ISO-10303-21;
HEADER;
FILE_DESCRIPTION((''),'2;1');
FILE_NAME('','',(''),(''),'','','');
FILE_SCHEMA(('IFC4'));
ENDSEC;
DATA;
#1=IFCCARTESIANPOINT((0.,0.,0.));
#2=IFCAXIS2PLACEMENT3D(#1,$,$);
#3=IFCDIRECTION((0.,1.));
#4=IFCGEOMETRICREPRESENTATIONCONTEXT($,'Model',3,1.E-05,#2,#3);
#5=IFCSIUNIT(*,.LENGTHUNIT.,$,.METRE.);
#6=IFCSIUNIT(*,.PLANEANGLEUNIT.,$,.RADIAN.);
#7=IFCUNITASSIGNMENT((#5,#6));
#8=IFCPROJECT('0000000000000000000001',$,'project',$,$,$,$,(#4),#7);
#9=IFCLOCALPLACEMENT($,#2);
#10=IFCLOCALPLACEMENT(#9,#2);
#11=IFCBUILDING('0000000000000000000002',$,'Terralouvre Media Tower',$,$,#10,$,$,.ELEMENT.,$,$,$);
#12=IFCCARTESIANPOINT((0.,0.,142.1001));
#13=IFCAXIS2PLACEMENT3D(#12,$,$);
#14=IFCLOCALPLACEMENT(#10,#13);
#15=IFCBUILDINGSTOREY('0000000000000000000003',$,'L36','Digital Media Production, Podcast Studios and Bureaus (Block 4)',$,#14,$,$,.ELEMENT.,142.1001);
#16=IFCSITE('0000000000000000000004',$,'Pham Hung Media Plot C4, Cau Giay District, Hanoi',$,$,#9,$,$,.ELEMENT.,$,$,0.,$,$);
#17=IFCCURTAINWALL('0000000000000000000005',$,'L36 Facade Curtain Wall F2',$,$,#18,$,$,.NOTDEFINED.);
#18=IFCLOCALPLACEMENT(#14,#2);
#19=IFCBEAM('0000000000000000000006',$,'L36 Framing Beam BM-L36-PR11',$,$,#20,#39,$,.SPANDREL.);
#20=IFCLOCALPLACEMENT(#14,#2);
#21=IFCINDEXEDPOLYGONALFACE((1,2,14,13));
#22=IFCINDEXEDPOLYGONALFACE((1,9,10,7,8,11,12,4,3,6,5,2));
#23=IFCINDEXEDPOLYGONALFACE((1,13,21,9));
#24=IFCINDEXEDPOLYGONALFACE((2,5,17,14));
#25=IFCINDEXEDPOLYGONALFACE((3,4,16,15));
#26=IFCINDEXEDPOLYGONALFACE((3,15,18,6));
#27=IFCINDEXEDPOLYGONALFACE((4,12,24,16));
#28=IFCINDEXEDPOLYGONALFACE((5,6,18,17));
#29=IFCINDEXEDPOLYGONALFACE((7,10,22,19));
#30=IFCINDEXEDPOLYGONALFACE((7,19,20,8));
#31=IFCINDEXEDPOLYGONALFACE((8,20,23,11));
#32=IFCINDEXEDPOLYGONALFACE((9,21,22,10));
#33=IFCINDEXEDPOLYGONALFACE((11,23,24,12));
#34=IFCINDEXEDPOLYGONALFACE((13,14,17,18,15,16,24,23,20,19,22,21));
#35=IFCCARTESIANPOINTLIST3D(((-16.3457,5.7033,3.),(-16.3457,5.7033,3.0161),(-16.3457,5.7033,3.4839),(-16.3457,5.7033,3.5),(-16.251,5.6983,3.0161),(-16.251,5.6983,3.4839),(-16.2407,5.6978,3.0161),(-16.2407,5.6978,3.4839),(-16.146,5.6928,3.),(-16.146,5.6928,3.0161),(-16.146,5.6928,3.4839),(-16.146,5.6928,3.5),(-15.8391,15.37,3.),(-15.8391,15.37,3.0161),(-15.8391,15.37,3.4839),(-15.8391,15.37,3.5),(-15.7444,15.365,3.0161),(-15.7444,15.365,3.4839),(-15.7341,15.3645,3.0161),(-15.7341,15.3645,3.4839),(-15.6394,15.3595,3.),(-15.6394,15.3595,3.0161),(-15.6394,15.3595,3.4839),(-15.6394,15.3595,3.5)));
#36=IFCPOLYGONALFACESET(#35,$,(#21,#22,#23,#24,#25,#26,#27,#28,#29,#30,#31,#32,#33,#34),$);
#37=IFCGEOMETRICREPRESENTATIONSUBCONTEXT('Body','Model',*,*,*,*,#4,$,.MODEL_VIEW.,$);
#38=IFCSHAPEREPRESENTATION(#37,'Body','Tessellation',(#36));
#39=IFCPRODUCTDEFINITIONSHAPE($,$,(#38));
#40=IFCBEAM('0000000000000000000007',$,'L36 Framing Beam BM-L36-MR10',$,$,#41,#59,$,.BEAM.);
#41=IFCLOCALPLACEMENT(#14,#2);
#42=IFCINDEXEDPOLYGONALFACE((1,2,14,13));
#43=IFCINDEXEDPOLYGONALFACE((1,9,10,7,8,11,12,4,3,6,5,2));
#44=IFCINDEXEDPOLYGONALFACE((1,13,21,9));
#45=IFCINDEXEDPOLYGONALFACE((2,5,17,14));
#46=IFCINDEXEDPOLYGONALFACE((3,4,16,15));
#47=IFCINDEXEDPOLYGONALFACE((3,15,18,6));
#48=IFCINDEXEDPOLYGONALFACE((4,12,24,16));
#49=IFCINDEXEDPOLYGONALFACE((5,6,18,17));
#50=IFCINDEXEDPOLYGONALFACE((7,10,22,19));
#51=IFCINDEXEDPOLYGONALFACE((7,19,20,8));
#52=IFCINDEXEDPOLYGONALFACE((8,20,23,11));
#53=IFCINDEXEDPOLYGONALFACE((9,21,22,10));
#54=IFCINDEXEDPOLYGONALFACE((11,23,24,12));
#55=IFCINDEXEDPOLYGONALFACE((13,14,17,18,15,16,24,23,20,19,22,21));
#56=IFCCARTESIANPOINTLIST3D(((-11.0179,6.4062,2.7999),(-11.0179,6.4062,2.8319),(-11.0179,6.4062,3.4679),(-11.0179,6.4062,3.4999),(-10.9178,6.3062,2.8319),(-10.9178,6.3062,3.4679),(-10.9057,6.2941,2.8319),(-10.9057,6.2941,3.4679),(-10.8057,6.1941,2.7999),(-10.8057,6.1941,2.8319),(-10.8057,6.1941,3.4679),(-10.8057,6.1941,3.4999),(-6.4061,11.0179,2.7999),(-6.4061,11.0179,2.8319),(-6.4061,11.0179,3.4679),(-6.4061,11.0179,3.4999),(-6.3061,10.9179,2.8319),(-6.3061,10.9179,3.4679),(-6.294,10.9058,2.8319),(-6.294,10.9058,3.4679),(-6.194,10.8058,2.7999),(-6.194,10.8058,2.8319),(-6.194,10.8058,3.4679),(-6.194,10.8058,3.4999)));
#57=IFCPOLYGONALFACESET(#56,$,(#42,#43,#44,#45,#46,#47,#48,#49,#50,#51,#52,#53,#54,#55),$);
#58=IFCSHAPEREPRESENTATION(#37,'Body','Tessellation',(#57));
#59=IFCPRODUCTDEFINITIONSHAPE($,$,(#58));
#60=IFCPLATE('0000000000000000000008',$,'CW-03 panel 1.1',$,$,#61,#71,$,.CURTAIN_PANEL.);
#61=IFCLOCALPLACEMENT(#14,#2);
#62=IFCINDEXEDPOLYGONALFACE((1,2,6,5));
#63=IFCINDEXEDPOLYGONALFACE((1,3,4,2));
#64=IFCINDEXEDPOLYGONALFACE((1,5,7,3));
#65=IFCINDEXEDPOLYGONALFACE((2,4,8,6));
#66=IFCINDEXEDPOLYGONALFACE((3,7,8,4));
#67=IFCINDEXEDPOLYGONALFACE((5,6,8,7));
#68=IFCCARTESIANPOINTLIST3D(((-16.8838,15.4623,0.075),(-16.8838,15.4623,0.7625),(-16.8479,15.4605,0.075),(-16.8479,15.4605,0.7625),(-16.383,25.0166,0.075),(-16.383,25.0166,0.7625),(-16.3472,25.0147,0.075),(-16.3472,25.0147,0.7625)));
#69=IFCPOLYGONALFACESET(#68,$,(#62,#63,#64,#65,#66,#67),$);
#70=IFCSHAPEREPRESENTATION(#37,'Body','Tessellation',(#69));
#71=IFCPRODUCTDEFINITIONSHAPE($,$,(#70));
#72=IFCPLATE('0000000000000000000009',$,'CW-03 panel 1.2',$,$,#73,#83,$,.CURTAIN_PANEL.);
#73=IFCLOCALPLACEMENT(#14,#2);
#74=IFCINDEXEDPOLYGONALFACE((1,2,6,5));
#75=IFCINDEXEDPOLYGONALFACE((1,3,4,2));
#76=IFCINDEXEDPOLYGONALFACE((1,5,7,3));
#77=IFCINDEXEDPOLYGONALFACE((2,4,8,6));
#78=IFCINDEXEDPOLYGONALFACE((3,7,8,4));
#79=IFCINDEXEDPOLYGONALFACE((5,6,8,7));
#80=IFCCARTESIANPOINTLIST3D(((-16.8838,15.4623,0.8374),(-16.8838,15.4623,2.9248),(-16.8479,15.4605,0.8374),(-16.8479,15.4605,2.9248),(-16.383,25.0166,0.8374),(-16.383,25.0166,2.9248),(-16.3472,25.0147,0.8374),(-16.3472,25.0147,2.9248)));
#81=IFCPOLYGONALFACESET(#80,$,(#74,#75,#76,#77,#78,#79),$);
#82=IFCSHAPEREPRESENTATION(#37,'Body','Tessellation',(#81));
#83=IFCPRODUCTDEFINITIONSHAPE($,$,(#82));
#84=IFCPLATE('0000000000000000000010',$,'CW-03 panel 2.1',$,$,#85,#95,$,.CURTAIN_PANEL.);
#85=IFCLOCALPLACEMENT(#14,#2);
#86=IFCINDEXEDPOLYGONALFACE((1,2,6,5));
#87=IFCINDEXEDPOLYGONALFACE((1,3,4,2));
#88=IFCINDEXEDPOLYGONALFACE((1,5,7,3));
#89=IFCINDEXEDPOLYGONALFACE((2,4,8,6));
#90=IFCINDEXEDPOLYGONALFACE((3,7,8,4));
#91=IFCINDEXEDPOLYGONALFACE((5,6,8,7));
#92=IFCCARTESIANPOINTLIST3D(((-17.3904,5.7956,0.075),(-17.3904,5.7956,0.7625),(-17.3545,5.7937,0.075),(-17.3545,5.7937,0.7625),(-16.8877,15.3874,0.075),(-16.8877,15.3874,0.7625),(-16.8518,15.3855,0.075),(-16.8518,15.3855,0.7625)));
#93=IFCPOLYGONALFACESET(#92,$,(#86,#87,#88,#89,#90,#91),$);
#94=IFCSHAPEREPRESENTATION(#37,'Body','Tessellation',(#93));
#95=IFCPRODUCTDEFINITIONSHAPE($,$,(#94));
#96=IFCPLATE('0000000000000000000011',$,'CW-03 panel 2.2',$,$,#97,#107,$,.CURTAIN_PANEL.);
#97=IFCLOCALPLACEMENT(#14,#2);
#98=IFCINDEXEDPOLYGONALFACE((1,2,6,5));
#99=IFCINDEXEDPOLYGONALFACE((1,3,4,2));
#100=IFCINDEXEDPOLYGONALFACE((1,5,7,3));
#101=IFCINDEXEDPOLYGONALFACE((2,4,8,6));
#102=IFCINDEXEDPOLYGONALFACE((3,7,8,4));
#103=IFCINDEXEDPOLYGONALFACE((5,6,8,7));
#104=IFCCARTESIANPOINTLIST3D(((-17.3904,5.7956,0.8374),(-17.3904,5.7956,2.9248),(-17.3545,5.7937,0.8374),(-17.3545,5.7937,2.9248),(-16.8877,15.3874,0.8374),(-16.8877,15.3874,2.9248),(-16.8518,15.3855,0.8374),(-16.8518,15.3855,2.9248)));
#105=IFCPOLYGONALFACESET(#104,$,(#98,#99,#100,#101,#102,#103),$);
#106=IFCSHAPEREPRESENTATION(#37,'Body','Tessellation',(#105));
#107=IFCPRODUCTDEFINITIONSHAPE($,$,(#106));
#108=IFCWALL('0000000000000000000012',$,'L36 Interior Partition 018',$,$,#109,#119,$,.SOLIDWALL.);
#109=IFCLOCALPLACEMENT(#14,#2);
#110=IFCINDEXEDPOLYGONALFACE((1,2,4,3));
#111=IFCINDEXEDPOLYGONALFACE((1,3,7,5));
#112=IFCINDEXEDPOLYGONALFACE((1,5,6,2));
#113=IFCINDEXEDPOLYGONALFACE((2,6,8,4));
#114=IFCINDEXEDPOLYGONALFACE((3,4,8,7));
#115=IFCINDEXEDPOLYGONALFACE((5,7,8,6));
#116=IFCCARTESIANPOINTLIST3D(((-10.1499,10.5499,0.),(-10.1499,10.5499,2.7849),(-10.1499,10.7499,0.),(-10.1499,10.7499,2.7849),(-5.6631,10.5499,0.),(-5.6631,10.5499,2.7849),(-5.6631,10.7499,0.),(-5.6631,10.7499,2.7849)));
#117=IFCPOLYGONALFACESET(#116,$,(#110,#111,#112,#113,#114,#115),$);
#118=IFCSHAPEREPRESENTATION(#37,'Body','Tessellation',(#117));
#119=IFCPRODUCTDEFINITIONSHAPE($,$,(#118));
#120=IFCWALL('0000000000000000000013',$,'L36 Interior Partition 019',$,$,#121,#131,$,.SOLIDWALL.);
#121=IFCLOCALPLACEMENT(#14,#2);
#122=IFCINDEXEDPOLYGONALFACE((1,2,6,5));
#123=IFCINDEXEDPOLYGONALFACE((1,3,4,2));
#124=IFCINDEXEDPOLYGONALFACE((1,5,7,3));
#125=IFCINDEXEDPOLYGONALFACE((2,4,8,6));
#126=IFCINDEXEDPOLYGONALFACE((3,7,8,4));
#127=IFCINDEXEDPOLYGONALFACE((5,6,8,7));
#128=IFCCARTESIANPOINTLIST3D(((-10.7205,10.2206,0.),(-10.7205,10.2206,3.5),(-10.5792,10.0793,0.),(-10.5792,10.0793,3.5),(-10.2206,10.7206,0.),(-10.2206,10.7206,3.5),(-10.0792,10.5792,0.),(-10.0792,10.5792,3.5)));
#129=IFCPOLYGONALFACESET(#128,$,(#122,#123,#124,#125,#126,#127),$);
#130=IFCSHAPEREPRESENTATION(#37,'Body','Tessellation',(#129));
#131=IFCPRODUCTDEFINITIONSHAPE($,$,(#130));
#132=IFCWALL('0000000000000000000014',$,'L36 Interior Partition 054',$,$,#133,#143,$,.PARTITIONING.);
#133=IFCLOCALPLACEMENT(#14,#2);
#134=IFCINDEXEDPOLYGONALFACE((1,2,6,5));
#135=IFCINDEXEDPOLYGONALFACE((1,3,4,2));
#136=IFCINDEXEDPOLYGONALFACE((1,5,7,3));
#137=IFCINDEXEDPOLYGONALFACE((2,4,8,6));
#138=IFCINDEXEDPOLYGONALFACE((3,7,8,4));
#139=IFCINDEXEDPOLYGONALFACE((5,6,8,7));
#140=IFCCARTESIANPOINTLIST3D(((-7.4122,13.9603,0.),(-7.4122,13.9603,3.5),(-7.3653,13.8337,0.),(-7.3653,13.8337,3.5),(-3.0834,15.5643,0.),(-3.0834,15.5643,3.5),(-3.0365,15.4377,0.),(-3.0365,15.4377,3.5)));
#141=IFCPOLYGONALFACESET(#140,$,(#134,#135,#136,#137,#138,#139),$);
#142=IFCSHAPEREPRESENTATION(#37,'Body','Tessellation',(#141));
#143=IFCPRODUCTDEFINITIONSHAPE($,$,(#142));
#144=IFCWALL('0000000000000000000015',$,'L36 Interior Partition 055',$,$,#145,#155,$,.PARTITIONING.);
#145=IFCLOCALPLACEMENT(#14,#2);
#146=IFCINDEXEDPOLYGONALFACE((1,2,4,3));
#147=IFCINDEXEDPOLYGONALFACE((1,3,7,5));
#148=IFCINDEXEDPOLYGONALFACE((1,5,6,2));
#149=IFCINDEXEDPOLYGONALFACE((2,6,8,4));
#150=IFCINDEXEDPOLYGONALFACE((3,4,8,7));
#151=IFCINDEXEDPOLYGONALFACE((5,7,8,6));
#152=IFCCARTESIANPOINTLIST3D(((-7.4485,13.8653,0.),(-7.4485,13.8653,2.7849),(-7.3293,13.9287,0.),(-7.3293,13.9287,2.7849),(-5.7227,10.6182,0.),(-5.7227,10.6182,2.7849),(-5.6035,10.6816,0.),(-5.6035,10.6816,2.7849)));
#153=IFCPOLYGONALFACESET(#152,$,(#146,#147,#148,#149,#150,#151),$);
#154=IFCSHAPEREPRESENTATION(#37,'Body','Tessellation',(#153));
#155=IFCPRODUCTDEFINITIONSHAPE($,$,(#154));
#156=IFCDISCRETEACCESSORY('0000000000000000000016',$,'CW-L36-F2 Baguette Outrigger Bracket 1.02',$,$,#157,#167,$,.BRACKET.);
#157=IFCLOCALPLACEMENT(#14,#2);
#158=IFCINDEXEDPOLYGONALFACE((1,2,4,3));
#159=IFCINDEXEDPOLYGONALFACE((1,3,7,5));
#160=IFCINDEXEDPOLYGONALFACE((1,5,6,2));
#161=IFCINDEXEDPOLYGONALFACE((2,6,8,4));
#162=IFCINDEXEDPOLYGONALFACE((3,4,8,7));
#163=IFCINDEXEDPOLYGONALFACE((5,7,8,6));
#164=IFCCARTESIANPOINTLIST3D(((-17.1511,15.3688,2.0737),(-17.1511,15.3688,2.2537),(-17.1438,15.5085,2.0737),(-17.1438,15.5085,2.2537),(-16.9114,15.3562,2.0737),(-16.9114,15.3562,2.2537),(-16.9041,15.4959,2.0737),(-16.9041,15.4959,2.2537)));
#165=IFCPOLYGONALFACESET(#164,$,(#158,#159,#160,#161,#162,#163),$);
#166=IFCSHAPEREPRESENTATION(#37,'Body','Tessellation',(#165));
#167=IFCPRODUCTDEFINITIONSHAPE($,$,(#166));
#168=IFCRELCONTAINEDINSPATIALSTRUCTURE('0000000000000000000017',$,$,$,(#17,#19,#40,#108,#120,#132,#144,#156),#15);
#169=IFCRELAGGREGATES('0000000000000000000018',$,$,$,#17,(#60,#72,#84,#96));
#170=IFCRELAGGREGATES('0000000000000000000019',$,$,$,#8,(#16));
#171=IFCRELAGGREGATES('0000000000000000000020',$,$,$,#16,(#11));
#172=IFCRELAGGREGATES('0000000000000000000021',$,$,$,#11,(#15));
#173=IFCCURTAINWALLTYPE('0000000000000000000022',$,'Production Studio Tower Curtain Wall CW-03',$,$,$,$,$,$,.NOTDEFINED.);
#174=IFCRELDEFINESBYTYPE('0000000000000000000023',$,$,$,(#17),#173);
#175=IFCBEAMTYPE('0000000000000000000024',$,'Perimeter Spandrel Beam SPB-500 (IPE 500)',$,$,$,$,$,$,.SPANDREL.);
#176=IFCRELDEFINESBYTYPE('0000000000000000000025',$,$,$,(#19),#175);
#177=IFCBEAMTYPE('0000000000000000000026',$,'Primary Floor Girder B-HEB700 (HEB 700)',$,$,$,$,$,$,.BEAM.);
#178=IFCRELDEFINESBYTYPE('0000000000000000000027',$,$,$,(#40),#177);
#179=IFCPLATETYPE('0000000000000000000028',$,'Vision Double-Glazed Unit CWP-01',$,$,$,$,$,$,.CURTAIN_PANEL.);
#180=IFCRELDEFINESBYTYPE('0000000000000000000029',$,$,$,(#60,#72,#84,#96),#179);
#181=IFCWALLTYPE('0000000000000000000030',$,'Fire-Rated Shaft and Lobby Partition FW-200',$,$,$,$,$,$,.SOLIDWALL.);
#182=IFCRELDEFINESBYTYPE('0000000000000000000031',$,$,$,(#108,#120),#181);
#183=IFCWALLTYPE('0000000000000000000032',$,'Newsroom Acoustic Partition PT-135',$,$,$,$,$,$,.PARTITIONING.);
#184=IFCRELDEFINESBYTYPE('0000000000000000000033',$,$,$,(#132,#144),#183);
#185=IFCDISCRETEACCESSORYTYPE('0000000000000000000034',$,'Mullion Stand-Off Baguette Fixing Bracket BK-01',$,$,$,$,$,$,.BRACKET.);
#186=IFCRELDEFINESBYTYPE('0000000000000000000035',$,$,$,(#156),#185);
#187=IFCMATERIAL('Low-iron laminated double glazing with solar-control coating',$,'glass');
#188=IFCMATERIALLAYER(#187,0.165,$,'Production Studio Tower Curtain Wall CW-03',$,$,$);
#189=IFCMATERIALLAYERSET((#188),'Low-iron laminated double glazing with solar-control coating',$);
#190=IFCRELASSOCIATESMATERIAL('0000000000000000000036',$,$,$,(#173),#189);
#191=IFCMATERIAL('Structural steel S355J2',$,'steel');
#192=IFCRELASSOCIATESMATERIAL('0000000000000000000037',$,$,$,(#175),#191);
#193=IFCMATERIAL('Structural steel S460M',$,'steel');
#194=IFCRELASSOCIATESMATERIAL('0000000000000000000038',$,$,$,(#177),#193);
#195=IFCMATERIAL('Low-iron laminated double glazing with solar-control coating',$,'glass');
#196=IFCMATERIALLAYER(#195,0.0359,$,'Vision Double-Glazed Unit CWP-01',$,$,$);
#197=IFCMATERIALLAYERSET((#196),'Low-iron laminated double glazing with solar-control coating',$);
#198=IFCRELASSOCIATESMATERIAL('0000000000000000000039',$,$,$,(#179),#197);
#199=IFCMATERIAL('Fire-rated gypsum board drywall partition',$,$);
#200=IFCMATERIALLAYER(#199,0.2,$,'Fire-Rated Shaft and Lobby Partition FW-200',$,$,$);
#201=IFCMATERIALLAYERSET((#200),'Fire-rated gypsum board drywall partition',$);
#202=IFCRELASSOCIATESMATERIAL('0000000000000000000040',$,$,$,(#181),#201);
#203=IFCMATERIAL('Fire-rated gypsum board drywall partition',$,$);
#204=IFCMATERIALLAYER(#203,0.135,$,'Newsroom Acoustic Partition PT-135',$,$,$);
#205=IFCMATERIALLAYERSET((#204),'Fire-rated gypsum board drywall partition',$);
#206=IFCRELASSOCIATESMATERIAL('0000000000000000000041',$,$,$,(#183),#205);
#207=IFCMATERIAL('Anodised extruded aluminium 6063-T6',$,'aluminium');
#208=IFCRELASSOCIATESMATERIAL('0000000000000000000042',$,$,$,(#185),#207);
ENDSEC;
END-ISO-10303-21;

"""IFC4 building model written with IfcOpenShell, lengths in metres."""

from ifc_helpers import new_model, si_unit, direction, frame, frame_2d, origin, origin_2d, place, context, subcontext, project, spatial, rectangle, i_section, extrude, material, layer, layer_set, material_profile, profile_set, type_object, element, aggregate, save


model = new_model("IFC4")

# Units and contexts
model_context = context("Model", 3, precision=1e-05, world=origin(), true_north=direction((0.0, 1.0)))
body_context = subcontext(model_context, "Body", "Model", "MODEL_VIEW")
ifc_project = project(units=[si_unit("LENGTHUNIT", "METRE"), si_unit("PLANEANGLEUNIT", "RADIAN")], contexts=[model_context])

# Site, building, storey
site_placement = place(None, origin())
site = spatial("IfcSite", under=ifc_project, at=site_placement, Name="Pham Hung Media Plot C4, Cau Giay District, Hanoi", CompositionType="ELEMENT", RefElevation=0.0)
building_placement = place(site_placement, origin())
building = spatial("IfcBuilding", under=site, at=building_placement, Name="Terralouvre Media Tower", CompositionType="ELEMENT")
storey_placement = place(building_placement, frame((0.0, 0.0, 142.1001)))
storey = spatial("IfcBuildingStorey", under=building, at=storey_placement, Name="L36", Description="Digital Media Production, Podcast Studios and Bureaus (Block 4)", CompositionType="ELEMENT", Elevation=142.1001)

# Shared definitions
ifc_material_1 = material(Name="Low-iron laminated double glazing with solar-control coating", Category="glass")
ifc_layer_1 = layer(ifc_material_1, 0.165, Name="Production Studio Tower Curtain Wall CW-03")
ifc_layer_set_1 = layer_set([ifc_layer_1], Name="Low-iron laminated double glazing with solar-control coating")
curtain_wall_type = type_object("IfcCurtainWallType", Name="Production Studio Tower Curtain Wall CW-03", PredefinedType="NOTDEFINED", material=ifc_layer_set_1)

# Curtain wall
curtain_wall_1_placement = place(storey_placement, origin())
curtain_wall_1 = element("IfcCurtainWall", 1, at=curtain_wall_1_placement, inside=storey, type_object=curtain_wall_type, Name="L36 Facade Curtain Wall F2", PredefinedType="NOTDEFINED")

# Beams
ifc_material_2 = material(Name="Structural steel S355J2", Category="steel")
ifc_material_profile_1 = material_profile(ifc_material_2, i_section(OverallWidth=0.2, OverallDepth=0.5, WebThickness=0.0103, FlangeThickness=0.0161, at=origin_2d()), Name="IPE 500")
ifc_profile_set_1 = profile_set([ifc_material_profile_1], Name="Structural steel S355J2")
beam_type_1 = type_object("IfcBeamType", Name="Perimeter Spandrel Beam SPB-500 (IPE 500)", PredefinedType="SPANDREL", material=ifc_profile_set_1)
beam_1_placement = place(storey_placement, frame((-15.7393, 15.3647, 3.25), z_axis=(-0.052334, -0.99863, 0.0), x_axis=(0.99863, -0.052334, 0.0)))
element("IfcBeam", 2, at=beam_1_placement, inside=storey, type_object=beam_type_1, Name="L36 Framing Beam BM-L36-PR11", PredefinedType="SPANDREL", context=body_context, shape_type="SweptSolid", body=[
    extrude(i_section(OverallWidth=0.2, OverallDepth=0.5, WebThickness=0.0103, FlangeThickness=0.0161, at=origin_2d()), origin(), (0.0, 0.0, 1.0), 9.6799),
])
ifc_material_3 = material(Name="Structural steel S460M", Category="steel")
ifc_material_profile_2 = material_profile(ifc_material_3, i_section(OverallWidth=0.3, OverallDepth=0.7, WebThickness=0.0171, FlangeThickness=0.032, at=origin_2d()), Name="HEB 700")
ifc_profile_set_2 = profile_set([ifc_material_profile_2], Name="Structural steel S460M")
beam_type_2 = type_object("IfcBeamType", Name="Primary Floor Girder B-HEB700 (HEB 700)", PredefinedType="BEAM", material=ifc_profile_set_2)
beam_2_placement = place(storey_placement, frame((-6.3, 10.9119, 3.1499), z_axis=(-0.707107, -0.707107, 0.0), x_axis=(0.707107, -0.707107, 0.0)))
element("IfcBeam", 3, at=beam_2_placement, inside=storey, type_object=beam_type_2, Name="L36 Framing Beam BM-L36-MR10", PredefinedType="BEAM", context=body_context, shape_type="SweptSolid", body=[
    extrude(i_section(OverallWidth=0.3, OverallDepth=0.7, WebThickness=0.0171, FlangeThickness=0.032, at=origin_2d()), origin(), (0.0, 0.0, 1.0), 6.522),
])

# Plates
ifc_material_4 = material(Name="Low-iron laminated double glazing with solar-control coating", Category="glass")
ifc_layer_2 = layer(ifc_material_4, 0.0359, Name="Vision Double-Glazed Unit CWP-01")
ifc_layer_set_2 = layer_set([ifc_layer_2], Name="Low-iron laminated double glazing with solar-control coating")
plate_type = type_object("IfcPlateType", Name="Vision Double-Glazed Unit CWP-01", PredefinedType="CURTAIN_PANEL", material=ifc_layer_set_2)
plate_1_placement = place(storey_placement, frame((-16.6155, 20.2385, 0.075), z_axis=(0.0, 0.0, 1.0), x_axis=(-0.052336, -0.99863, 0.0)))
plate_1 = element("IfcPlate", 4, at=plate_1_placement, type_object=plate_type, Name="CW-03 panel 1.1", PredefinedType="CURTAIN_PANEL", context=body_context, shape_type="SweptSolid", body=[
    extrude(rectangle(XDim=9.5674, YDim=0.0359, at=origin_2d()), origin(), (0.0, 0.0, 1.0), 0.6875),
])
plate_2_placement = place(storey_placement, frame((-16.6155, 20.2385, 0.8374), z_axis=(0.0, 0.0, 1.0), x_axis=(-0.052336, -0.99863, 0.0)))
plate_2 = element("IfcPlate", 5, at=plate_2_placement, type_object=plate_type, Name="CW-03 panel 1.2", PredefinedType="CURTAIN_PANEL", context=body_context, shape_type="SweptSolid", body=[
    extrude(rectangle(XDim=9.5674, YDim=0.0359, at=origin_2d()), origin(), (0.0, 0.0, 1.0), 2.0874),
])
plate_3_placement = place(storey_placement, frame((-17.1211, 10.5906, 0.075), z_axis=(0.0, 0.0, 1.0), x_axis=(-0.052336, -0.99863, 0.0)))
plate_3 = element("IfcPlate", 6, at=plate_3_placement, type_object=plate_type, Name="CW-03 panel 2.1", PredefinedType="CURTAIN_PANEL", context=body_context, shape_type="SweptSolid", body=[
    extrude(rectangle(XDim=9.605, YDim=0.0359, at=origin_2d()), origin(), (0.0, 0.0, 1.0), 0.6875),
])
plate_4_placement = place(storey_placement, frame((-17.1211, 10.5906, 0.8374), z_axis=(0.0, 0.0, 1.0), x_axis=(-0.052336, -0.99863, 0.0)))
plate_4 = element("IfcPlate", 7, at=plate_4_placement, type_object=plate_type, Name="CW-03 panel 2.2", PredefinedType="CURTAIN_PANEL", context=body_context, shape_type="SweptSolid", body=[
    extrude(rectangle(XDim=9.605, YDim=0.0359, at=origin_2d()), origin(), (0.0, 0.0, 1.0), 2.0874),
])
aggregate(curtain_wall_1, [plate_1, plate_2, plate_3, plate_4])

# Walls
ifc_material_5 = material(Name="Fire-rated gypsum board drywall partition")
ifc_layer_3 = layer(ifc_material_5, 0.2, Name="Fire-Rated Shaft and Lobby Partition FW-200")
ifc_layer_set_3 = layer_set([ifc_layer_3], Name="Fire-rated gypsum board drywall partition")
wall_type_1 = type_object("IfcWallType", Name="Fire-Rated Shaft and Lobby Partition FW-200", PredefinedType="SOLIDWALL", material=ifc_layer_set_3)
wall_1_placement = place(storey_placement, frame((-5.6631, 10.6499, 0.0), z_axis=(0.0, 0.0, 1.0), x_axis=(-1.0, 0.0, 0.0)))
element("IfcWall", 8, at=wall_1_placement, inside=storey, type_object=wall_type_1, Name="L36 Interior Partition 018", PredefinedType="SOLIDWALL", context=body_context, shape_type="SweptSolid", body=[
    extrude(rectangle(XDim=4.4868, YDim=0.2, at=frame_2d((2.2434, 0.0))), origin(), (0.0, 0.0, 1.0), 2.7849),
])
wall_2_placement = place(storey_placement, frame((-10.1499, 10.6499, 0.0), z_axis=(0.0, 0.0, 1.0), x_axis=(-0.707107, -0.707107, 0.0)))
element("IfcWall", 9, at=wall_2_placement, inside=storey, type_object=wall_type_1, Name="L36 Interior Partition 019", PredefinedType="SOLIDWALL", context=body_context, shape_type="SweptSolid", body=[
    extrude(rectangle(XDim=0.707, YDim=0.2, at=frame_2d((0.3535, 0.0))), origin(), (0.0, 0.0, 1.0), 3.5),
])
ifc_material_6 = material(Name="Fire-rated gypsum board drywall partition")
ifc_layer_4 = layer(ifc_material_6, 0.135, Name="Newsroom Acoustic Partition PT-135")
ifc_layer_set_4 = layer_set([ifc_layer_4], Name="Fire-rated gypsum board drywall partition")
wall_type_2 = type_object("IfcWallType", Name="Newsroom Acoustic Partition PT-135", PredefinedType="PARTITIONING", material=ifc_layer_set_4)
wall_3_placement = place(storey_placement, frame((-3.0601, 15.501, 0.0), z_axis=(0.0, 0.0, 1.0), x_axis=(-0.937698, -0.347452, 0.0)))
element("IfcWall", 10, at=wall_3_placement, inside=storey, type_object=wall_type_2, Name="L36 Interior Partition 054", PredefinedType="PARTITIONING", context=body_context, shape_type="SweptSolid", body=[
    extrude(rectangle(XDim=4.6165, YDim=0.135, at=frame_2d((2.3081, 0.0))), origin(), (0.0, 0.0, 1.0), 3.5),
])
wall_4_placement = place(storey_placement, frame((-7.3889, 13.897, 0.0), z_axis=(0.0, 0.0, 1.0), x_axis=(0.46933, -0.883023, 0.0)))
element("IfcWall", 11, at=wall_4_placement, inside=storey, type_object=wall_type_2, Name="L36 Interior Partition 055", PredefinedType="PARTITIONING", context=body_context, shape_type="SweptSolid", body=[
    extrude(rectangle(XDim=3.6772, YDim=0.135, at=frame_2d((1.8386, 0.0))), origin(), (0.0, 0.0, 1.0), 2.7849),
])

# Discrete accessory
ifc_material_7 = material(Name="Anodised extruded aluminium 6063-T6", Category="aluminium")
discrete_accessory_type = type_object("IfcDiscreteAccessoryType", Name="Mullion Stand-Off Baguette Fixing Bracket BK-01", PredefinedType="BRACKET", material=ifc_material_7)
discrete_accessory_placement = place(storey_placement, frame((-17.0276, 15.4324, 2.0737), z_axis=(0.0, 0.0, 1.0), x_axis=(-0.052336, -0.99863, 0.0)))
element("IfcDiscreteAccessory", 12, at=discrete_accessory_placement, inside=storey, type_object=discrete_accessory_type, Name="CW-L36-F2 Baguette Outrigger Bracket 1.02", PredefinedType="BRACKET", context=body_context, shape_type="SweptSolid", body=[
    extrude(rectangle(XDim=0.1399, YDim=0.24, at=origin_2d()), origin(), (0.0, 0.0, 1.0), 0.1799),
])

save(model, "model.ifc")
